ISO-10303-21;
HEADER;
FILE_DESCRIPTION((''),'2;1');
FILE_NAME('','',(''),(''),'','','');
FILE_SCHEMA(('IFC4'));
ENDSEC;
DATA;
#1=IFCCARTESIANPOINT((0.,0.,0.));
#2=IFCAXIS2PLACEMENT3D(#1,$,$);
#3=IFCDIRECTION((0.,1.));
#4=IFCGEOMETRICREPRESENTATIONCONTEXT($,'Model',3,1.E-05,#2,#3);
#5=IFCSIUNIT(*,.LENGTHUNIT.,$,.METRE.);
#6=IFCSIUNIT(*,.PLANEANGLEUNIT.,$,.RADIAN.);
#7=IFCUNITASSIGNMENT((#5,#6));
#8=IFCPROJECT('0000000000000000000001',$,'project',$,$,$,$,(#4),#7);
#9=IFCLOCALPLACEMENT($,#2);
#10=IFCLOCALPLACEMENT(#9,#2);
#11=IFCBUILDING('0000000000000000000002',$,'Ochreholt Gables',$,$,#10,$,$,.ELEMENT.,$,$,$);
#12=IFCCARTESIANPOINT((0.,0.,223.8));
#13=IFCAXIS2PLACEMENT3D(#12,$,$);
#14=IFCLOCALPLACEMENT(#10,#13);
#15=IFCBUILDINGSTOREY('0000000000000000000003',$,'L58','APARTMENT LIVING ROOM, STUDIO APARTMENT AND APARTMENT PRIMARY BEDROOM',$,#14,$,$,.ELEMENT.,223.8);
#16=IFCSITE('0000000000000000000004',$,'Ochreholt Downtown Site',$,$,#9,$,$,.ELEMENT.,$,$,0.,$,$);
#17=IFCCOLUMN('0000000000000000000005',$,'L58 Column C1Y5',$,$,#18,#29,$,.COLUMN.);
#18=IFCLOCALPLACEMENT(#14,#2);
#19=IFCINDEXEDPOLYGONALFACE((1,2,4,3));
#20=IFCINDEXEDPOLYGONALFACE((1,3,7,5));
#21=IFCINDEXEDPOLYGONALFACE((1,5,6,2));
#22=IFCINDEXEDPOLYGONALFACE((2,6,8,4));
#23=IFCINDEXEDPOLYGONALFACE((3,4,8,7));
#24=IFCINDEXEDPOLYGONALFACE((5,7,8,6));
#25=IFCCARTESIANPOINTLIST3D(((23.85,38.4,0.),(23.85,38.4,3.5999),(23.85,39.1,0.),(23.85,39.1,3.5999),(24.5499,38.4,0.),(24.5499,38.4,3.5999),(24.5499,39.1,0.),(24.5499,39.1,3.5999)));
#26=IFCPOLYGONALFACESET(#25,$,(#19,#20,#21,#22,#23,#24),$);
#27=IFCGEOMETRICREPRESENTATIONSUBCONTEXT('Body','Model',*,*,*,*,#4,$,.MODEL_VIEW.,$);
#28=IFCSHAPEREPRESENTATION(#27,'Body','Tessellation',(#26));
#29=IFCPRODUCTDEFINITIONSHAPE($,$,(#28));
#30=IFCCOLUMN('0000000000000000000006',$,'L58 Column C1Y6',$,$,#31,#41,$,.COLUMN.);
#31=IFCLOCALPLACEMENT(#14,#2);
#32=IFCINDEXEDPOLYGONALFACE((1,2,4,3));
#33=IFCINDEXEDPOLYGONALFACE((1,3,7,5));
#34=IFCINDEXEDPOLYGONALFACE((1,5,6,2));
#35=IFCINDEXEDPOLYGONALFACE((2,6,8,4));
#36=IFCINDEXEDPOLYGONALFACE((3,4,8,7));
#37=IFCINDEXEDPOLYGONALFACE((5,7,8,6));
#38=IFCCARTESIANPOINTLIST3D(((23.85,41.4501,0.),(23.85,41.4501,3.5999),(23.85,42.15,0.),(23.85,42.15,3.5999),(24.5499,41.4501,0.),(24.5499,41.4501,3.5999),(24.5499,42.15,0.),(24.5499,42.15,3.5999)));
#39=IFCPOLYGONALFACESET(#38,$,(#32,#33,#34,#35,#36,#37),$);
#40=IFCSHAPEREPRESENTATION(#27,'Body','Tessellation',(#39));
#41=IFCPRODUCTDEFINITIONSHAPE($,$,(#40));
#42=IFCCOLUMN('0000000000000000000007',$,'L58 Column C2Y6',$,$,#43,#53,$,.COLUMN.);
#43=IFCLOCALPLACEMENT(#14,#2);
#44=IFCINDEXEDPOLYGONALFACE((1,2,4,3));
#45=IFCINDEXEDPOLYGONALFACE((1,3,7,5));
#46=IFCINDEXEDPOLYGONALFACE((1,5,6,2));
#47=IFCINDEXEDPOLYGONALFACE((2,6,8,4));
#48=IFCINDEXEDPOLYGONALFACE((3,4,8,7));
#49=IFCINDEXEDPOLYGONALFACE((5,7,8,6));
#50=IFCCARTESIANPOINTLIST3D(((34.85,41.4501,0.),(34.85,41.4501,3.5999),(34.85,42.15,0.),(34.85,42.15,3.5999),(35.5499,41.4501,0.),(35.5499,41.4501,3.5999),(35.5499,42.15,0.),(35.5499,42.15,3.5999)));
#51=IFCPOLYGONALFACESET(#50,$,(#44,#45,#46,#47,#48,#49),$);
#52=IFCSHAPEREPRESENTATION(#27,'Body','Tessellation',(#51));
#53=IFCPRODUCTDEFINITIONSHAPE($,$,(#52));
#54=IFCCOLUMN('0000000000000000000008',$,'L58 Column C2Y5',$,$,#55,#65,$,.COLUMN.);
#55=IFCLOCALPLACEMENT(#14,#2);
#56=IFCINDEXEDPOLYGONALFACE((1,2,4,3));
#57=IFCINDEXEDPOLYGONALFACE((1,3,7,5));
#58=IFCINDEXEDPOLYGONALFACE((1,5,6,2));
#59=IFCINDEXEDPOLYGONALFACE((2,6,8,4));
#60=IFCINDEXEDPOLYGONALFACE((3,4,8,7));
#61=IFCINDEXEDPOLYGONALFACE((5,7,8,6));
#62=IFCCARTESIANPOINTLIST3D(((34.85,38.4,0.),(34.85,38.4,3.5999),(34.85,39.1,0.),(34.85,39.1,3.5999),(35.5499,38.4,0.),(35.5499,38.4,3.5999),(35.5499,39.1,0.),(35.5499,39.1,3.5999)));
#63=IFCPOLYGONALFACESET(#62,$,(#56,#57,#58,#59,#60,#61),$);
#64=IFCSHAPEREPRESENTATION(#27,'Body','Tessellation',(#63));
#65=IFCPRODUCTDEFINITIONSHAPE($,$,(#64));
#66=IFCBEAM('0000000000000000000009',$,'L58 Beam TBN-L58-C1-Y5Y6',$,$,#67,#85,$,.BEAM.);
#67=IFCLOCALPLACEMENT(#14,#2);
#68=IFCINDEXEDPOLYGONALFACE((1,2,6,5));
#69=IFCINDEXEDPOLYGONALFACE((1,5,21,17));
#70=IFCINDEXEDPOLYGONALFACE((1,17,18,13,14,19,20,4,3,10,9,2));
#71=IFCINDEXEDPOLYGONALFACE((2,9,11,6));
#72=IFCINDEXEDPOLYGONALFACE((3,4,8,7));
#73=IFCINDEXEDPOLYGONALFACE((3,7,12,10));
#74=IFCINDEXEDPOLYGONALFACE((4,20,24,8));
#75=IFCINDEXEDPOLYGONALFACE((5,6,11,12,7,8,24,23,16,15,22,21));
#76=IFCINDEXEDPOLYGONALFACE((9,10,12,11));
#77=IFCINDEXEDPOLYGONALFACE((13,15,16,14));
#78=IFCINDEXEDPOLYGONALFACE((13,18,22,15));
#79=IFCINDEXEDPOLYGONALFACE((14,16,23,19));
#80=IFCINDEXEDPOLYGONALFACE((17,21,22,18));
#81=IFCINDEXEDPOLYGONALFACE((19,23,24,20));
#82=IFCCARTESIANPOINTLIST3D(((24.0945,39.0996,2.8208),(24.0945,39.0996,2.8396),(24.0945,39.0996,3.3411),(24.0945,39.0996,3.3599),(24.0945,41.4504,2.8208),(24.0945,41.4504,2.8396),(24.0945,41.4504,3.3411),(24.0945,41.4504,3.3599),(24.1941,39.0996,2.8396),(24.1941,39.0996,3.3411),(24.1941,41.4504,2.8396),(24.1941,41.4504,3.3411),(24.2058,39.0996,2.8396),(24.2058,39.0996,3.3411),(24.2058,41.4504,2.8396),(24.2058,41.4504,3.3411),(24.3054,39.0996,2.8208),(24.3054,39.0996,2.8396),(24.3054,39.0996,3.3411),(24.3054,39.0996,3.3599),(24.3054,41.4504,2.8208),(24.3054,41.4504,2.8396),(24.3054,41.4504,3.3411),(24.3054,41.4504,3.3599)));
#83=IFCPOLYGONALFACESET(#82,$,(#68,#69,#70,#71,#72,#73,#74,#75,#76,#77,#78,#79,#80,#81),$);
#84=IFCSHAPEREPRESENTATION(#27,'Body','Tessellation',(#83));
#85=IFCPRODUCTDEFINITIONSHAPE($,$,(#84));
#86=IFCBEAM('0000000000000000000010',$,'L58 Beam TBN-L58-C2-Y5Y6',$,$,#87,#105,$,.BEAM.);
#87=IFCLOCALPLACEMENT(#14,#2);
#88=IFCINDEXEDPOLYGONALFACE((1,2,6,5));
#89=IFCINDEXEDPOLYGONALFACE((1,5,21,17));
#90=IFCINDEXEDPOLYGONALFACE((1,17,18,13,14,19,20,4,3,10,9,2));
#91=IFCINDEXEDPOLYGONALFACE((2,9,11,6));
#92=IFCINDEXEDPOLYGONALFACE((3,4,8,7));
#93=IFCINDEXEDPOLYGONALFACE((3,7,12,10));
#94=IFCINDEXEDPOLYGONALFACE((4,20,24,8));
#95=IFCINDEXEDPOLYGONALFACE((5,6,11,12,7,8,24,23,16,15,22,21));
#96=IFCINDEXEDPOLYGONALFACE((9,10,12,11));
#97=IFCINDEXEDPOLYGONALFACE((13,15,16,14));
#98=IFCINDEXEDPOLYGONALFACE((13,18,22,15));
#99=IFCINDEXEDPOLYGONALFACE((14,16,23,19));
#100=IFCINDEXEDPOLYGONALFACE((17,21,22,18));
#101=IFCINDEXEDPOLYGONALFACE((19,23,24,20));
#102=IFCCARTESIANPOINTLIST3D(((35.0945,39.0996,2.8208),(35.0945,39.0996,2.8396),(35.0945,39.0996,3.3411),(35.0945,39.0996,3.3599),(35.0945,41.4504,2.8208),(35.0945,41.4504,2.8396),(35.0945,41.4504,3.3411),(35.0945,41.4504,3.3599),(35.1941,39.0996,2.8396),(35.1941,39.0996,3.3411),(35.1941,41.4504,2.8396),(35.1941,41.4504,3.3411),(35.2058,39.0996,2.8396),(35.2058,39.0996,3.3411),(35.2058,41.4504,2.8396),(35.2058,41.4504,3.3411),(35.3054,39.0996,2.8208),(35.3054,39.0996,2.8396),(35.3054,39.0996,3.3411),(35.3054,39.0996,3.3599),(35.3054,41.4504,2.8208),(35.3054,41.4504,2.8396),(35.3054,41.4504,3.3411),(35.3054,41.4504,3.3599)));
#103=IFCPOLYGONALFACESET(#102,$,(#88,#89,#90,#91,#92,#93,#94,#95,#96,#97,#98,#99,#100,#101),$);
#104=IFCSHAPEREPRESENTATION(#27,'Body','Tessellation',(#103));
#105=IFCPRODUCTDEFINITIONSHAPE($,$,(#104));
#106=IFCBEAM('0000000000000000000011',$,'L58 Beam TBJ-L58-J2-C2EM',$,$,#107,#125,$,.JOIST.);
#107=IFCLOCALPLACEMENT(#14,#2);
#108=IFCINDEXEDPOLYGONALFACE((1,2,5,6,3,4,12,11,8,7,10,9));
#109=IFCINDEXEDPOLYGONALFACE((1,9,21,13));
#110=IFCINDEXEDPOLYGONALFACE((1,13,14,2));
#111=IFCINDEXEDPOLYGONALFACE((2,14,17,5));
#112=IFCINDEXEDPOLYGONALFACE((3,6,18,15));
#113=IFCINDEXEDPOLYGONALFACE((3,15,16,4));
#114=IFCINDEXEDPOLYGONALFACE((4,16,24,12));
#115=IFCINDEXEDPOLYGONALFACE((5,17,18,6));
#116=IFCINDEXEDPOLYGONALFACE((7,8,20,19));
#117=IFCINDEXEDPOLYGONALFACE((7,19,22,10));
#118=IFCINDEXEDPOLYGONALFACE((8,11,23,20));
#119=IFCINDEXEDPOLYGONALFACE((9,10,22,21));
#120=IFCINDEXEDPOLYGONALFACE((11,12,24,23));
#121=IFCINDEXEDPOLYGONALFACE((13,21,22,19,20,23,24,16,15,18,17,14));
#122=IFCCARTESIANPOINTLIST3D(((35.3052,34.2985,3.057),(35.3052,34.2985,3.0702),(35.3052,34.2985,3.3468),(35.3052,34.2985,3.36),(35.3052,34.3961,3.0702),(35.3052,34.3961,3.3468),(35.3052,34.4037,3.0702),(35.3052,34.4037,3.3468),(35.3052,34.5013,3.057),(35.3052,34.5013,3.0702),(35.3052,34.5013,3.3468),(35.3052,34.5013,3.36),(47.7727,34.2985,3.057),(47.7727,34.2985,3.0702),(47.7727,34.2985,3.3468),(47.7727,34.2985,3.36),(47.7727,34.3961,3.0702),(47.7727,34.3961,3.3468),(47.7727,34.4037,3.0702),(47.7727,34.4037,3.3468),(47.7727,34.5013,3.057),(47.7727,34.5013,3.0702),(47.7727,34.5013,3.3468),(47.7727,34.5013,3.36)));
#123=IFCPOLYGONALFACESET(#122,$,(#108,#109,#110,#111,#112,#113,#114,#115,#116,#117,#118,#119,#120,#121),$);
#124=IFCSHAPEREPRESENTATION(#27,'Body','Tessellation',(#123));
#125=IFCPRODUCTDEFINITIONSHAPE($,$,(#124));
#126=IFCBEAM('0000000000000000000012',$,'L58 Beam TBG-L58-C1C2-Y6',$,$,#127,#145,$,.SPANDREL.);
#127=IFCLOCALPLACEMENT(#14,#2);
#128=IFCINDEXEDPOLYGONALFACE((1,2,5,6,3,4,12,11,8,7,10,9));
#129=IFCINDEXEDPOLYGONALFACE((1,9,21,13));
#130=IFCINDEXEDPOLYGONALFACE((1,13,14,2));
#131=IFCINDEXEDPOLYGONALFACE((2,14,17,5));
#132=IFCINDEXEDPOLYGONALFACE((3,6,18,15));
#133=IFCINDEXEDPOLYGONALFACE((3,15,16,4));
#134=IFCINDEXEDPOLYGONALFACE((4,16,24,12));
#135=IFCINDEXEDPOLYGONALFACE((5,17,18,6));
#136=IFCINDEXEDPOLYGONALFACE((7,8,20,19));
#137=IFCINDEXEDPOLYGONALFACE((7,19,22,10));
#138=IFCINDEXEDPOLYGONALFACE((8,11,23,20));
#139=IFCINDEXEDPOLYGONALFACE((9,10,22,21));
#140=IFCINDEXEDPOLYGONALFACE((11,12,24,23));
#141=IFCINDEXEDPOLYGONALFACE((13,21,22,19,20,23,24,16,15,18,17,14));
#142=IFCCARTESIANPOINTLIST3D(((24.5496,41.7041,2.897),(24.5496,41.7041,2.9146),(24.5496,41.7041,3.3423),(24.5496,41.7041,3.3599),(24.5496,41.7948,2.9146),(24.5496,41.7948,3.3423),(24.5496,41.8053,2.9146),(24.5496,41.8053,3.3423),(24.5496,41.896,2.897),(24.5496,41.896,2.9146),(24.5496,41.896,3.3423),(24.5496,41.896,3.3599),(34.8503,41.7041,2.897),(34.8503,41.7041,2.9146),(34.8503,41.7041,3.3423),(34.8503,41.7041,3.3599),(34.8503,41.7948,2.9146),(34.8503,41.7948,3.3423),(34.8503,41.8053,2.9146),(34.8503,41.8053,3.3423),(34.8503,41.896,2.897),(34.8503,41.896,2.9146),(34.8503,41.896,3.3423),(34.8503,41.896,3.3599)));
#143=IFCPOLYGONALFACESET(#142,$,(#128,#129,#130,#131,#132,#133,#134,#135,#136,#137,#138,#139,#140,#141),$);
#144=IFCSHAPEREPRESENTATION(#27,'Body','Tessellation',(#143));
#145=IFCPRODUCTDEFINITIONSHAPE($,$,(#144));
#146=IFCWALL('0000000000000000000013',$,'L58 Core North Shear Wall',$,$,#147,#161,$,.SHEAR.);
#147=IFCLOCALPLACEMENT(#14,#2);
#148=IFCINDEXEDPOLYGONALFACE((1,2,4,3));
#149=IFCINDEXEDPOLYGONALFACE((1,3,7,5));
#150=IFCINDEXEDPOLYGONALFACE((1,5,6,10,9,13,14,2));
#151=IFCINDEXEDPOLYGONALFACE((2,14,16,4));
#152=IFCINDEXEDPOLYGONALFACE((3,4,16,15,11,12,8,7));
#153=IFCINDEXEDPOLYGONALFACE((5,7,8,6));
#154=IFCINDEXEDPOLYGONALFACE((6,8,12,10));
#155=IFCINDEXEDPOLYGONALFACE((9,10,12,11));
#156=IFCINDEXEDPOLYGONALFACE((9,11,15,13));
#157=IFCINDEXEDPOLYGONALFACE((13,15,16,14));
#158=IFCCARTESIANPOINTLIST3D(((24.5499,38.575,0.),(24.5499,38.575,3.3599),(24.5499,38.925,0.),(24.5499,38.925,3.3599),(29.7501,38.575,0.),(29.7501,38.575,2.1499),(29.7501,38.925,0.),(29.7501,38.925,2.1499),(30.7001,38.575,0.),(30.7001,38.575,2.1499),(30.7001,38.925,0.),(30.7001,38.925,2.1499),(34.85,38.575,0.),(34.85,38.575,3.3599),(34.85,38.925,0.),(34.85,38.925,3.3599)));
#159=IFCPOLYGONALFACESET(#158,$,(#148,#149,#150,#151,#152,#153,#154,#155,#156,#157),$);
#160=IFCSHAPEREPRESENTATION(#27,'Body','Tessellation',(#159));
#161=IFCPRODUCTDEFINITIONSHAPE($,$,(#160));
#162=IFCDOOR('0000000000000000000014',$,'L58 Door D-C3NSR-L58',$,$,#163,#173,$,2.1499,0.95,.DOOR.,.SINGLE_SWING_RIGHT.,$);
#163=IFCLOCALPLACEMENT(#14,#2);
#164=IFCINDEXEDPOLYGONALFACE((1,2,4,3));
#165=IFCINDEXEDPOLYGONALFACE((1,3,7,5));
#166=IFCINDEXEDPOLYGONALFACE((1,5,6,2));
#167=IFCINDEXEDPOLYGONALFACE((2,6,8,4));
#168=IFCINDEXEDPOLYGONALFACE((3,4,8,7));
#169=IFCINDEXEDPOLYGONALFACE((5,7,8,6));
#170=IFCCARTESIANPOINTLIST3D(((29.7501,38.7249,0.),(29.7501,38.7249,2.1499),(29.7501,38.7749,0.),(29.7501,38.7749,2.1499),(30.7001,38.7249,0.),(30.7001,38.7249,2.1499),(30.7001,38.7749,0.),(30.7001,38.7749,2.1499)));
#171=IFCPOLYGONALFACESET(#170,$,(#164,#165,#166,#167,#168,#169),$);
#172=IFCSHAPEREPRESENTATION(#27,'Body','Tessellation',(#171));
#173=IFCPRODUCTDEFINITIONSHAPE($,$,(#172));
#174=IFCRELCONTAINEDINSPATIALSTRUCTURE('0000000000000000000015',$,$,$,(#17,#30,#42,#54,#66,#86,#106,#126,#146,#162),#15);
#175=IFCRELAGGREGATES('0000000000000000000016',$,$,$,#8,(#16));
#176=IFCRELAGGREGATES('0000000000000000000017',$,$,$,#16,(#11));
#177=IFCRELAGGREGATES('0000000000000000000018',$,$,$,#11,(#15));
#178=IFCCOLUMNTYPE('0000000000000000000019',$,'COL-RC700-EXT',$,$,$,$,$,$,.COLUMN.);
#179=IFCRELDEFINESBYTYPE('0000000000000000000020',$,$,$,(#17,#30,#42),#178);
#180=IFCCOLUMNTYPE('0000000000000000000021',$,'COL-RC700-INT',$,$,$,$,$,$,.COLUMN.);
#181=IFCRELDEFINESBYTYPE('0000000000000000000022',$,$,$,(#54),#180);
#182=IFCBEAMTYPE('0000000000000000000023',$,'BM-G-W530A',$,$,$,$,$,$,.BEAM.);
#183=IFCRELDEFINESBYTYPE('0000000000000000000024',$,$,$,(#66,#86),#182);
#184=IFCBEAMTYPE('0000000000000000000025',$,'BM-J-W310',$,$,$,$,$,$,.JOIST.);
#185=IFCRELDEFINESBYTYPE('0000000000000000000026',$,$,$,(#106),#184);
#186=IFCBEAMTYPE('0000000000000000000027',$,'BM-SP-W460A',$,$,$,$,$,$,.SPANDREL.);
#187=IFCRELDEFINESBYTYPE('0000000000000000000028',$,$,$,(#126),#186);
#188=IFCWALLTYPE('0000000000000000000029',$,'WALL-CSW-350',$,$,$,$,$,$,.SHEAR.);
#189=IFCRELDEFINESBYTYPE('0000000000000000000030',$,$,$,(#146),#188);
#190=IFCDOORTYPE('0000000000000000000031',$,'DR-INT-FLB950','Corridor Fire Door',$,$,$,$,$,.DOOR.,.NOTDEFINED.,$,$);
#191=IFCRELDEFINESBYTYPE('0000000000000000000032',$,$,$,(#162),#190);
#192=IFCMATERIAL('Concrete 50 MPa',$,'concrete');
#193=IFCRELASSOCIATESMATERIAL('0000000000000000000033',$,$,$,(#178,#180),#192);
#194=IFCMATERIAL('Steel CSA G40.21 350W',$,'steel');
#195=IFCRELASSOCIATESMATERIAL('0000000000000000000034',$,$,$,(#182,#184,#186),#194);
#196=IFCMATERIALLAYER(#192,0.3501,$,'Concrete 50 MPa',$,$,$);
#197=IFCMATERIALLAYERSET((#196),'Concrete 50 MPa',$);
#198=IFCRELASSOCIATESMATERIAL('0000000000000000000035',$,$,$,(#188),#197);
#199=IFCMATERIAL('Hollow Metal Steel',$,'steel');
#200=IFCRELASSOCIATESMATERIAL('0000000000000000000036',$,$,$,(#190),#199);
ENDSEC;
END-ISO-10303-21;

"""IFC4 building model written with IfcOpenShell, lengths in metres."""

from ifc_helpers import new_model, si_unit, direction, frame, frame_2d, origin, origin_2d, place, context, subcontext, project, spatial, rectangle, i_section, extrude, material, layer, layer_set, material_profile, profile_set, type_object, element, fill, save


model = new_model("IFC4")

# Units and contexts
model_context = context("Model", 3, precision=1e-05, world=origin(), true_north=direction((0.0, 1.0)))
body_context = subcontext(model_context, "Body", "Model", "MODEL_VIEW")
ifc_project = project(units=[si_unit("LENGTHUNIT", "METRE"), si_unit("PLANEANGLEUNIT", "RADIAN")], contexts=[model_context])

# Site, building, storey
site_placement = place(None, origin())
site = spatial("IfcSite", under=ifc_project, at=site_placement, Name="Ochreholt Downtown Site", CompositionType="ELEMENT", RefElevation=0.0)
building_placement = place(site_placement, origin())
building = spatial("IfcBuilding", under=site, at=building_placement, Name="Ochreholt Gables", CompositionType="ELEMENT")
storey_placement = place(building_placement, frame((0.0, 0.0, 223.8)))
storey = spatial("IfcBuildingStorey", under=building, at=storey_placement, Name="L58", Description="APARTMENT LIVING ROOM, STUDIO APARTMENT AND APARTMENT PRIMARY BEDROOM", CompositionType="ELEMENT", Elevation=223.8)

# Columns
ifc_material_1 = material(Name="Concrete 50 MPa", Category="concrete")
ifc_material_profile_1 = material_profile(ifc_material_1, rectangle(XDim=0.7, YDim=0.7, at=origin_2d()), Name="RC700X700")
ifc_profile_set_1 = profile_set([ifc_material_profile_1], Name="Concrete 50 MPa")
column_type_1 = type_object("IfcColumnType", Name="COL-RC700-EXT", PredefinedType="COLUMN", material=ifc_profile_set_1)
for number, where, z_axis, x_axis, name in (
    (1, (24.2, 38.75, 0.0), (0.0, 0.0, 1.0), (1.0, 0.0, 0.0), "L58 Column C1Y5"),
    (2, (24.2, 41.8, 0.0), (0.0, 0.0, 1.0), (1.0, 0.0, 0.0), "L58 Column C1Y6"),
    (3, (35.2, 41.8, 0.0), (0.0, 0.0, 1.0), (1.0, 0.0, 0.0), "L58 Column C2Y6"),
):
    element("IfcColumn", number, at=place(storey_placement, frame(where, z_axis=z_axis, x_axis=x_axis)), inside=storey, type_object=column_type_1, Name=name, PredefinedType="COLUMN", context=body_context, shape_type="SweptSolid", body=[
        extrude(rectangle(XDim=0.7, YDim=0.7, at=origin_2d()), origin(), (0.0, 0.0, 1.0), 3.5999),
    ])
ifc_material_profile_2 = material_profile(ifc_material_1, rectangle(XDim=0.7, YDim=0.7, at=origin_2d()), Name="RC700X700")
ifc_profile_set_2 = profile_set([ifc_material_profile_2], Name="Concrete 50 MPa")
column_type_2 = type_object("IfcColumnType", Name="COL-RC700-INT", PredefinedType="COLUMN", material=ifc_profile_set_2)
column_placement = place(storey_placement, frame((35.2, 38.75, 0.0), z_axis=(0.0, 0.0, 1.0), x_axis=(1.0, 0.0, 0.0)))
element("IfcColumn", 4, at=column_placement, inside=storey, type_object=column_type_2, Name="L58 Column C2Y5", PredefinedType="COLUMN", context=body_context, shape_type="SweptSolid", body=[
    extrude(rectangle(XDim=0.7, YDim=0.7, at=origin_2d()), origin(), (0.0, 0.0, 1.0), 3.5999),
])

# Beams
ifc_material_2 = material(Name="Steel CSA G40.21 350W", Category="steel")
ifc_material_profile_3 = material_profile(ifc_material_2, i_section(OverallWidth=0.2109, OverallDepth=0.5391, WebThickness=0.0117, FlangeThickness=0.0188, at=origin_2d()), Name="W530X109")
ifc_profile_set_3 = profile_set([ifc_material_profile_3], Name="Steel CSA G40.21 350W")
beam_type_1 = type_object("IfcBeamType", Name="BM-G-W530A", PredefinedType="BEAM", material=ifc_profile_set_3)
for number, where, z_axis, x_axis, name in (
    (5, (24.2, 39.0996, 3.0903), (0.0, 1.0, 0.0), (-1.0, 0.0, 0.0), "L58 Beam TBN-L58-C1-Y5Y6"),
    (6, (35.2, 39.0996, 3.0903), (0.0, 1.0, 0.0), (-1.0, 0.0, 0.0), "L58 Beam TBN-L58-C2-Y5Y6"),
):
    element("IfcBeam", number, at=place(storey_placement, frame(where, z_axis=z_axis, x_axis=x_axis)), inside=storey, type_object=beam_type_1, Name=name, PredefinedType="BEAM", context=body_context, shape_type="SweptSolid", body=[
        extrude(i_section(OverallWidth=0.2109, OverallDepth=0.5391, WebThickness=0.0117, FlangeThickness=0.0188, at=origin_2d()), origin(), (0.0, 0.0, 1.0), 2.3508),
    ])
ifc_material_profile_4 = material_profile(ifc_material_2, i_section(OverallWidth=0.2029, OverallDepth=0.303, WebThickness=0.0076, FlangeThickness=0.0132, at=origin_2d()), Name="W310X60")
ifc_profile_set_4 = profile_set([ifc_material_profile_4], Name="Steel CSA G40.21 350W")
beam_type_2 = type_object("IfcBeamType", Name="BM-J-W310", PredefinedType="JOIST", material=ifc_profile_set_4)
beam_1_placement = place(storey_placement, frame((35.3052, 34.3999, 3.2085), z_axis=(1.0, 0.0, 0.0), x_axis=(0.0, 1.0, 0.0)))
element("IfcBeam", 7, at=beam_1_placement, inside=storey, type_object=beam_type_2, Name="L58 Beam TBJ-L58-J2-C2EM", PredefinedType="JOIST", context=body_context, shape_type="SweptSolid", body=[
    extrude(i_section(OverallWidth=0.2029, OverallDepth=0.303, WebThickness=0.0076, FlangeThickness=0.0132, at=origin_2d()), origin(), (0.0, 0.0, 1.0), 12.4675),
])
ifc_material_profile_5 = material_profile(ifc_material_2, i_section(OverallWidth=0.1919, OverallDepth=0.4629, WebThickness=0.0105, FlangeThickness=0.0176, at=origin_2d()), Name="W460X89")
ifc_profile_set_5 = profile_set([ifc_material_profile_5], Name="Steel CSA G40.21 350W")
beam_type_3 = type_object("IfcBeamType", Name="BM-SP-W460A", PredefinedType="SPANDREL", material=ifc_profile_set_5)
beam_2_placement = place(storey_placement, frame((24.5496, 41.8, 3.1284), z_axis=(1.0, 0.0, 0.0), x_axis=(0.0, 1.0, 0.0)))
element("IfcBeam", 8, at=beam_2_placement, inside=storey, type_object=beam_type_3, Name="L58 Beam TBG-L58-C1C2-Y6", PredefinedType="SPANDREL", context=body_context, shape_type="SweptSolid", body=[
    extrude(i_section(OverallWidth=0.1919, OverallDepth=0.4629, WebThickness=0.0105, FlangeThickness=0.0176, at=origin_2d()), origin(), (0.0, 0.0, 1.0), 10.3008),
])

# Wall, opening, door
ifc_layer_1 = layer(ifc_material_1, 0.3501, Name="Concrete 50 MPa")
ifc_layer_set_1 = layer_set([ifc_layer_1], Name="Concrete 50 MPa")
wall_type_1 = type_object("IfcWallType", Name="WALL-CSW-350", PredefinedType="SHEAR", material=ifc_layer_set_1)
wall_1_placement = place(storey_placement, frame((24.55, 38.75, 0.0), z_axis=(0.0, 0.0, 1.0), x_axis=(1.0, 0.0, 0.0)))
wall_1 = element("IfcWall", 9, at=wall_1_placement, inside=storey, type_object=wall_type_1, Name="L58 Core North Shear Wall", PredefinedType="SHEAR", context=body_context, shape_type="SweptSolid", body=[
    extrude(rectangle(XDim=10.3, YDim=0.3501, at=frame_2d((5.1499, 0.0))), origin(), (0.0, 0.0, 1.0), 3.3599),
])
opening_1_placement = place(wall_1_placement, frame((5.2, 0.0, 0.0)))
opening_1 = element("IfcOpeningElement", 10, at=opening_1_placement, cuts=wall_1, PredefinedType="OPENING", context=body_context, shape_type="SweptSolid", body=[
    extrude(rectangle(XDim=0.95, YDim=2.1499, at=frame_2d((0.4751, 1.075))), frame((0.0, 0.1851, 0.0), z_axis=(0.0, -1.0, 0.0), x_axis=(1.0, 0.0, 0.0)), (0.0, 0.0, 1.0), 0.3701),
])
ifc_material_3 = material(Name="Hollow Metal Steel", Category="steel")
door_type_1 = type_object("IfcDoorType", Name="DR-INT-FLB950", Description="Corridor Fire Door", OperationType="NOTDEFINED", PredefinedType="DOOR", material=ifc_material_3)
door_1_placement = place(opening_1_placement, origin())
door_1 = element("IfcDoor", 11, at=door_1_placement, inside=storey, type_object=door_type_1, Name="L58 Door D-C3NSR-L58", OperationType="SINGLE_SWING_RIGHT", OverallHeight=2.1499, OverallWidth=0.95, PredefinedType="DOOR", context=body_context, shape_type="SweptSolid", body=[
    extrude(rectangle(XDim=0.95, YDim=2.1499, at=frame_2d((0.4751, 1.075))), frame((0.0, 0.0249, 0.0), z_axis=(0.0, -1.0, 0.0), x_axis=(1.0, 0.0, 0.0)), (0.0, 0.0, 1.0), 0.05),
])
fill(opening_1, door_1)

save(model, "model.ifc")
